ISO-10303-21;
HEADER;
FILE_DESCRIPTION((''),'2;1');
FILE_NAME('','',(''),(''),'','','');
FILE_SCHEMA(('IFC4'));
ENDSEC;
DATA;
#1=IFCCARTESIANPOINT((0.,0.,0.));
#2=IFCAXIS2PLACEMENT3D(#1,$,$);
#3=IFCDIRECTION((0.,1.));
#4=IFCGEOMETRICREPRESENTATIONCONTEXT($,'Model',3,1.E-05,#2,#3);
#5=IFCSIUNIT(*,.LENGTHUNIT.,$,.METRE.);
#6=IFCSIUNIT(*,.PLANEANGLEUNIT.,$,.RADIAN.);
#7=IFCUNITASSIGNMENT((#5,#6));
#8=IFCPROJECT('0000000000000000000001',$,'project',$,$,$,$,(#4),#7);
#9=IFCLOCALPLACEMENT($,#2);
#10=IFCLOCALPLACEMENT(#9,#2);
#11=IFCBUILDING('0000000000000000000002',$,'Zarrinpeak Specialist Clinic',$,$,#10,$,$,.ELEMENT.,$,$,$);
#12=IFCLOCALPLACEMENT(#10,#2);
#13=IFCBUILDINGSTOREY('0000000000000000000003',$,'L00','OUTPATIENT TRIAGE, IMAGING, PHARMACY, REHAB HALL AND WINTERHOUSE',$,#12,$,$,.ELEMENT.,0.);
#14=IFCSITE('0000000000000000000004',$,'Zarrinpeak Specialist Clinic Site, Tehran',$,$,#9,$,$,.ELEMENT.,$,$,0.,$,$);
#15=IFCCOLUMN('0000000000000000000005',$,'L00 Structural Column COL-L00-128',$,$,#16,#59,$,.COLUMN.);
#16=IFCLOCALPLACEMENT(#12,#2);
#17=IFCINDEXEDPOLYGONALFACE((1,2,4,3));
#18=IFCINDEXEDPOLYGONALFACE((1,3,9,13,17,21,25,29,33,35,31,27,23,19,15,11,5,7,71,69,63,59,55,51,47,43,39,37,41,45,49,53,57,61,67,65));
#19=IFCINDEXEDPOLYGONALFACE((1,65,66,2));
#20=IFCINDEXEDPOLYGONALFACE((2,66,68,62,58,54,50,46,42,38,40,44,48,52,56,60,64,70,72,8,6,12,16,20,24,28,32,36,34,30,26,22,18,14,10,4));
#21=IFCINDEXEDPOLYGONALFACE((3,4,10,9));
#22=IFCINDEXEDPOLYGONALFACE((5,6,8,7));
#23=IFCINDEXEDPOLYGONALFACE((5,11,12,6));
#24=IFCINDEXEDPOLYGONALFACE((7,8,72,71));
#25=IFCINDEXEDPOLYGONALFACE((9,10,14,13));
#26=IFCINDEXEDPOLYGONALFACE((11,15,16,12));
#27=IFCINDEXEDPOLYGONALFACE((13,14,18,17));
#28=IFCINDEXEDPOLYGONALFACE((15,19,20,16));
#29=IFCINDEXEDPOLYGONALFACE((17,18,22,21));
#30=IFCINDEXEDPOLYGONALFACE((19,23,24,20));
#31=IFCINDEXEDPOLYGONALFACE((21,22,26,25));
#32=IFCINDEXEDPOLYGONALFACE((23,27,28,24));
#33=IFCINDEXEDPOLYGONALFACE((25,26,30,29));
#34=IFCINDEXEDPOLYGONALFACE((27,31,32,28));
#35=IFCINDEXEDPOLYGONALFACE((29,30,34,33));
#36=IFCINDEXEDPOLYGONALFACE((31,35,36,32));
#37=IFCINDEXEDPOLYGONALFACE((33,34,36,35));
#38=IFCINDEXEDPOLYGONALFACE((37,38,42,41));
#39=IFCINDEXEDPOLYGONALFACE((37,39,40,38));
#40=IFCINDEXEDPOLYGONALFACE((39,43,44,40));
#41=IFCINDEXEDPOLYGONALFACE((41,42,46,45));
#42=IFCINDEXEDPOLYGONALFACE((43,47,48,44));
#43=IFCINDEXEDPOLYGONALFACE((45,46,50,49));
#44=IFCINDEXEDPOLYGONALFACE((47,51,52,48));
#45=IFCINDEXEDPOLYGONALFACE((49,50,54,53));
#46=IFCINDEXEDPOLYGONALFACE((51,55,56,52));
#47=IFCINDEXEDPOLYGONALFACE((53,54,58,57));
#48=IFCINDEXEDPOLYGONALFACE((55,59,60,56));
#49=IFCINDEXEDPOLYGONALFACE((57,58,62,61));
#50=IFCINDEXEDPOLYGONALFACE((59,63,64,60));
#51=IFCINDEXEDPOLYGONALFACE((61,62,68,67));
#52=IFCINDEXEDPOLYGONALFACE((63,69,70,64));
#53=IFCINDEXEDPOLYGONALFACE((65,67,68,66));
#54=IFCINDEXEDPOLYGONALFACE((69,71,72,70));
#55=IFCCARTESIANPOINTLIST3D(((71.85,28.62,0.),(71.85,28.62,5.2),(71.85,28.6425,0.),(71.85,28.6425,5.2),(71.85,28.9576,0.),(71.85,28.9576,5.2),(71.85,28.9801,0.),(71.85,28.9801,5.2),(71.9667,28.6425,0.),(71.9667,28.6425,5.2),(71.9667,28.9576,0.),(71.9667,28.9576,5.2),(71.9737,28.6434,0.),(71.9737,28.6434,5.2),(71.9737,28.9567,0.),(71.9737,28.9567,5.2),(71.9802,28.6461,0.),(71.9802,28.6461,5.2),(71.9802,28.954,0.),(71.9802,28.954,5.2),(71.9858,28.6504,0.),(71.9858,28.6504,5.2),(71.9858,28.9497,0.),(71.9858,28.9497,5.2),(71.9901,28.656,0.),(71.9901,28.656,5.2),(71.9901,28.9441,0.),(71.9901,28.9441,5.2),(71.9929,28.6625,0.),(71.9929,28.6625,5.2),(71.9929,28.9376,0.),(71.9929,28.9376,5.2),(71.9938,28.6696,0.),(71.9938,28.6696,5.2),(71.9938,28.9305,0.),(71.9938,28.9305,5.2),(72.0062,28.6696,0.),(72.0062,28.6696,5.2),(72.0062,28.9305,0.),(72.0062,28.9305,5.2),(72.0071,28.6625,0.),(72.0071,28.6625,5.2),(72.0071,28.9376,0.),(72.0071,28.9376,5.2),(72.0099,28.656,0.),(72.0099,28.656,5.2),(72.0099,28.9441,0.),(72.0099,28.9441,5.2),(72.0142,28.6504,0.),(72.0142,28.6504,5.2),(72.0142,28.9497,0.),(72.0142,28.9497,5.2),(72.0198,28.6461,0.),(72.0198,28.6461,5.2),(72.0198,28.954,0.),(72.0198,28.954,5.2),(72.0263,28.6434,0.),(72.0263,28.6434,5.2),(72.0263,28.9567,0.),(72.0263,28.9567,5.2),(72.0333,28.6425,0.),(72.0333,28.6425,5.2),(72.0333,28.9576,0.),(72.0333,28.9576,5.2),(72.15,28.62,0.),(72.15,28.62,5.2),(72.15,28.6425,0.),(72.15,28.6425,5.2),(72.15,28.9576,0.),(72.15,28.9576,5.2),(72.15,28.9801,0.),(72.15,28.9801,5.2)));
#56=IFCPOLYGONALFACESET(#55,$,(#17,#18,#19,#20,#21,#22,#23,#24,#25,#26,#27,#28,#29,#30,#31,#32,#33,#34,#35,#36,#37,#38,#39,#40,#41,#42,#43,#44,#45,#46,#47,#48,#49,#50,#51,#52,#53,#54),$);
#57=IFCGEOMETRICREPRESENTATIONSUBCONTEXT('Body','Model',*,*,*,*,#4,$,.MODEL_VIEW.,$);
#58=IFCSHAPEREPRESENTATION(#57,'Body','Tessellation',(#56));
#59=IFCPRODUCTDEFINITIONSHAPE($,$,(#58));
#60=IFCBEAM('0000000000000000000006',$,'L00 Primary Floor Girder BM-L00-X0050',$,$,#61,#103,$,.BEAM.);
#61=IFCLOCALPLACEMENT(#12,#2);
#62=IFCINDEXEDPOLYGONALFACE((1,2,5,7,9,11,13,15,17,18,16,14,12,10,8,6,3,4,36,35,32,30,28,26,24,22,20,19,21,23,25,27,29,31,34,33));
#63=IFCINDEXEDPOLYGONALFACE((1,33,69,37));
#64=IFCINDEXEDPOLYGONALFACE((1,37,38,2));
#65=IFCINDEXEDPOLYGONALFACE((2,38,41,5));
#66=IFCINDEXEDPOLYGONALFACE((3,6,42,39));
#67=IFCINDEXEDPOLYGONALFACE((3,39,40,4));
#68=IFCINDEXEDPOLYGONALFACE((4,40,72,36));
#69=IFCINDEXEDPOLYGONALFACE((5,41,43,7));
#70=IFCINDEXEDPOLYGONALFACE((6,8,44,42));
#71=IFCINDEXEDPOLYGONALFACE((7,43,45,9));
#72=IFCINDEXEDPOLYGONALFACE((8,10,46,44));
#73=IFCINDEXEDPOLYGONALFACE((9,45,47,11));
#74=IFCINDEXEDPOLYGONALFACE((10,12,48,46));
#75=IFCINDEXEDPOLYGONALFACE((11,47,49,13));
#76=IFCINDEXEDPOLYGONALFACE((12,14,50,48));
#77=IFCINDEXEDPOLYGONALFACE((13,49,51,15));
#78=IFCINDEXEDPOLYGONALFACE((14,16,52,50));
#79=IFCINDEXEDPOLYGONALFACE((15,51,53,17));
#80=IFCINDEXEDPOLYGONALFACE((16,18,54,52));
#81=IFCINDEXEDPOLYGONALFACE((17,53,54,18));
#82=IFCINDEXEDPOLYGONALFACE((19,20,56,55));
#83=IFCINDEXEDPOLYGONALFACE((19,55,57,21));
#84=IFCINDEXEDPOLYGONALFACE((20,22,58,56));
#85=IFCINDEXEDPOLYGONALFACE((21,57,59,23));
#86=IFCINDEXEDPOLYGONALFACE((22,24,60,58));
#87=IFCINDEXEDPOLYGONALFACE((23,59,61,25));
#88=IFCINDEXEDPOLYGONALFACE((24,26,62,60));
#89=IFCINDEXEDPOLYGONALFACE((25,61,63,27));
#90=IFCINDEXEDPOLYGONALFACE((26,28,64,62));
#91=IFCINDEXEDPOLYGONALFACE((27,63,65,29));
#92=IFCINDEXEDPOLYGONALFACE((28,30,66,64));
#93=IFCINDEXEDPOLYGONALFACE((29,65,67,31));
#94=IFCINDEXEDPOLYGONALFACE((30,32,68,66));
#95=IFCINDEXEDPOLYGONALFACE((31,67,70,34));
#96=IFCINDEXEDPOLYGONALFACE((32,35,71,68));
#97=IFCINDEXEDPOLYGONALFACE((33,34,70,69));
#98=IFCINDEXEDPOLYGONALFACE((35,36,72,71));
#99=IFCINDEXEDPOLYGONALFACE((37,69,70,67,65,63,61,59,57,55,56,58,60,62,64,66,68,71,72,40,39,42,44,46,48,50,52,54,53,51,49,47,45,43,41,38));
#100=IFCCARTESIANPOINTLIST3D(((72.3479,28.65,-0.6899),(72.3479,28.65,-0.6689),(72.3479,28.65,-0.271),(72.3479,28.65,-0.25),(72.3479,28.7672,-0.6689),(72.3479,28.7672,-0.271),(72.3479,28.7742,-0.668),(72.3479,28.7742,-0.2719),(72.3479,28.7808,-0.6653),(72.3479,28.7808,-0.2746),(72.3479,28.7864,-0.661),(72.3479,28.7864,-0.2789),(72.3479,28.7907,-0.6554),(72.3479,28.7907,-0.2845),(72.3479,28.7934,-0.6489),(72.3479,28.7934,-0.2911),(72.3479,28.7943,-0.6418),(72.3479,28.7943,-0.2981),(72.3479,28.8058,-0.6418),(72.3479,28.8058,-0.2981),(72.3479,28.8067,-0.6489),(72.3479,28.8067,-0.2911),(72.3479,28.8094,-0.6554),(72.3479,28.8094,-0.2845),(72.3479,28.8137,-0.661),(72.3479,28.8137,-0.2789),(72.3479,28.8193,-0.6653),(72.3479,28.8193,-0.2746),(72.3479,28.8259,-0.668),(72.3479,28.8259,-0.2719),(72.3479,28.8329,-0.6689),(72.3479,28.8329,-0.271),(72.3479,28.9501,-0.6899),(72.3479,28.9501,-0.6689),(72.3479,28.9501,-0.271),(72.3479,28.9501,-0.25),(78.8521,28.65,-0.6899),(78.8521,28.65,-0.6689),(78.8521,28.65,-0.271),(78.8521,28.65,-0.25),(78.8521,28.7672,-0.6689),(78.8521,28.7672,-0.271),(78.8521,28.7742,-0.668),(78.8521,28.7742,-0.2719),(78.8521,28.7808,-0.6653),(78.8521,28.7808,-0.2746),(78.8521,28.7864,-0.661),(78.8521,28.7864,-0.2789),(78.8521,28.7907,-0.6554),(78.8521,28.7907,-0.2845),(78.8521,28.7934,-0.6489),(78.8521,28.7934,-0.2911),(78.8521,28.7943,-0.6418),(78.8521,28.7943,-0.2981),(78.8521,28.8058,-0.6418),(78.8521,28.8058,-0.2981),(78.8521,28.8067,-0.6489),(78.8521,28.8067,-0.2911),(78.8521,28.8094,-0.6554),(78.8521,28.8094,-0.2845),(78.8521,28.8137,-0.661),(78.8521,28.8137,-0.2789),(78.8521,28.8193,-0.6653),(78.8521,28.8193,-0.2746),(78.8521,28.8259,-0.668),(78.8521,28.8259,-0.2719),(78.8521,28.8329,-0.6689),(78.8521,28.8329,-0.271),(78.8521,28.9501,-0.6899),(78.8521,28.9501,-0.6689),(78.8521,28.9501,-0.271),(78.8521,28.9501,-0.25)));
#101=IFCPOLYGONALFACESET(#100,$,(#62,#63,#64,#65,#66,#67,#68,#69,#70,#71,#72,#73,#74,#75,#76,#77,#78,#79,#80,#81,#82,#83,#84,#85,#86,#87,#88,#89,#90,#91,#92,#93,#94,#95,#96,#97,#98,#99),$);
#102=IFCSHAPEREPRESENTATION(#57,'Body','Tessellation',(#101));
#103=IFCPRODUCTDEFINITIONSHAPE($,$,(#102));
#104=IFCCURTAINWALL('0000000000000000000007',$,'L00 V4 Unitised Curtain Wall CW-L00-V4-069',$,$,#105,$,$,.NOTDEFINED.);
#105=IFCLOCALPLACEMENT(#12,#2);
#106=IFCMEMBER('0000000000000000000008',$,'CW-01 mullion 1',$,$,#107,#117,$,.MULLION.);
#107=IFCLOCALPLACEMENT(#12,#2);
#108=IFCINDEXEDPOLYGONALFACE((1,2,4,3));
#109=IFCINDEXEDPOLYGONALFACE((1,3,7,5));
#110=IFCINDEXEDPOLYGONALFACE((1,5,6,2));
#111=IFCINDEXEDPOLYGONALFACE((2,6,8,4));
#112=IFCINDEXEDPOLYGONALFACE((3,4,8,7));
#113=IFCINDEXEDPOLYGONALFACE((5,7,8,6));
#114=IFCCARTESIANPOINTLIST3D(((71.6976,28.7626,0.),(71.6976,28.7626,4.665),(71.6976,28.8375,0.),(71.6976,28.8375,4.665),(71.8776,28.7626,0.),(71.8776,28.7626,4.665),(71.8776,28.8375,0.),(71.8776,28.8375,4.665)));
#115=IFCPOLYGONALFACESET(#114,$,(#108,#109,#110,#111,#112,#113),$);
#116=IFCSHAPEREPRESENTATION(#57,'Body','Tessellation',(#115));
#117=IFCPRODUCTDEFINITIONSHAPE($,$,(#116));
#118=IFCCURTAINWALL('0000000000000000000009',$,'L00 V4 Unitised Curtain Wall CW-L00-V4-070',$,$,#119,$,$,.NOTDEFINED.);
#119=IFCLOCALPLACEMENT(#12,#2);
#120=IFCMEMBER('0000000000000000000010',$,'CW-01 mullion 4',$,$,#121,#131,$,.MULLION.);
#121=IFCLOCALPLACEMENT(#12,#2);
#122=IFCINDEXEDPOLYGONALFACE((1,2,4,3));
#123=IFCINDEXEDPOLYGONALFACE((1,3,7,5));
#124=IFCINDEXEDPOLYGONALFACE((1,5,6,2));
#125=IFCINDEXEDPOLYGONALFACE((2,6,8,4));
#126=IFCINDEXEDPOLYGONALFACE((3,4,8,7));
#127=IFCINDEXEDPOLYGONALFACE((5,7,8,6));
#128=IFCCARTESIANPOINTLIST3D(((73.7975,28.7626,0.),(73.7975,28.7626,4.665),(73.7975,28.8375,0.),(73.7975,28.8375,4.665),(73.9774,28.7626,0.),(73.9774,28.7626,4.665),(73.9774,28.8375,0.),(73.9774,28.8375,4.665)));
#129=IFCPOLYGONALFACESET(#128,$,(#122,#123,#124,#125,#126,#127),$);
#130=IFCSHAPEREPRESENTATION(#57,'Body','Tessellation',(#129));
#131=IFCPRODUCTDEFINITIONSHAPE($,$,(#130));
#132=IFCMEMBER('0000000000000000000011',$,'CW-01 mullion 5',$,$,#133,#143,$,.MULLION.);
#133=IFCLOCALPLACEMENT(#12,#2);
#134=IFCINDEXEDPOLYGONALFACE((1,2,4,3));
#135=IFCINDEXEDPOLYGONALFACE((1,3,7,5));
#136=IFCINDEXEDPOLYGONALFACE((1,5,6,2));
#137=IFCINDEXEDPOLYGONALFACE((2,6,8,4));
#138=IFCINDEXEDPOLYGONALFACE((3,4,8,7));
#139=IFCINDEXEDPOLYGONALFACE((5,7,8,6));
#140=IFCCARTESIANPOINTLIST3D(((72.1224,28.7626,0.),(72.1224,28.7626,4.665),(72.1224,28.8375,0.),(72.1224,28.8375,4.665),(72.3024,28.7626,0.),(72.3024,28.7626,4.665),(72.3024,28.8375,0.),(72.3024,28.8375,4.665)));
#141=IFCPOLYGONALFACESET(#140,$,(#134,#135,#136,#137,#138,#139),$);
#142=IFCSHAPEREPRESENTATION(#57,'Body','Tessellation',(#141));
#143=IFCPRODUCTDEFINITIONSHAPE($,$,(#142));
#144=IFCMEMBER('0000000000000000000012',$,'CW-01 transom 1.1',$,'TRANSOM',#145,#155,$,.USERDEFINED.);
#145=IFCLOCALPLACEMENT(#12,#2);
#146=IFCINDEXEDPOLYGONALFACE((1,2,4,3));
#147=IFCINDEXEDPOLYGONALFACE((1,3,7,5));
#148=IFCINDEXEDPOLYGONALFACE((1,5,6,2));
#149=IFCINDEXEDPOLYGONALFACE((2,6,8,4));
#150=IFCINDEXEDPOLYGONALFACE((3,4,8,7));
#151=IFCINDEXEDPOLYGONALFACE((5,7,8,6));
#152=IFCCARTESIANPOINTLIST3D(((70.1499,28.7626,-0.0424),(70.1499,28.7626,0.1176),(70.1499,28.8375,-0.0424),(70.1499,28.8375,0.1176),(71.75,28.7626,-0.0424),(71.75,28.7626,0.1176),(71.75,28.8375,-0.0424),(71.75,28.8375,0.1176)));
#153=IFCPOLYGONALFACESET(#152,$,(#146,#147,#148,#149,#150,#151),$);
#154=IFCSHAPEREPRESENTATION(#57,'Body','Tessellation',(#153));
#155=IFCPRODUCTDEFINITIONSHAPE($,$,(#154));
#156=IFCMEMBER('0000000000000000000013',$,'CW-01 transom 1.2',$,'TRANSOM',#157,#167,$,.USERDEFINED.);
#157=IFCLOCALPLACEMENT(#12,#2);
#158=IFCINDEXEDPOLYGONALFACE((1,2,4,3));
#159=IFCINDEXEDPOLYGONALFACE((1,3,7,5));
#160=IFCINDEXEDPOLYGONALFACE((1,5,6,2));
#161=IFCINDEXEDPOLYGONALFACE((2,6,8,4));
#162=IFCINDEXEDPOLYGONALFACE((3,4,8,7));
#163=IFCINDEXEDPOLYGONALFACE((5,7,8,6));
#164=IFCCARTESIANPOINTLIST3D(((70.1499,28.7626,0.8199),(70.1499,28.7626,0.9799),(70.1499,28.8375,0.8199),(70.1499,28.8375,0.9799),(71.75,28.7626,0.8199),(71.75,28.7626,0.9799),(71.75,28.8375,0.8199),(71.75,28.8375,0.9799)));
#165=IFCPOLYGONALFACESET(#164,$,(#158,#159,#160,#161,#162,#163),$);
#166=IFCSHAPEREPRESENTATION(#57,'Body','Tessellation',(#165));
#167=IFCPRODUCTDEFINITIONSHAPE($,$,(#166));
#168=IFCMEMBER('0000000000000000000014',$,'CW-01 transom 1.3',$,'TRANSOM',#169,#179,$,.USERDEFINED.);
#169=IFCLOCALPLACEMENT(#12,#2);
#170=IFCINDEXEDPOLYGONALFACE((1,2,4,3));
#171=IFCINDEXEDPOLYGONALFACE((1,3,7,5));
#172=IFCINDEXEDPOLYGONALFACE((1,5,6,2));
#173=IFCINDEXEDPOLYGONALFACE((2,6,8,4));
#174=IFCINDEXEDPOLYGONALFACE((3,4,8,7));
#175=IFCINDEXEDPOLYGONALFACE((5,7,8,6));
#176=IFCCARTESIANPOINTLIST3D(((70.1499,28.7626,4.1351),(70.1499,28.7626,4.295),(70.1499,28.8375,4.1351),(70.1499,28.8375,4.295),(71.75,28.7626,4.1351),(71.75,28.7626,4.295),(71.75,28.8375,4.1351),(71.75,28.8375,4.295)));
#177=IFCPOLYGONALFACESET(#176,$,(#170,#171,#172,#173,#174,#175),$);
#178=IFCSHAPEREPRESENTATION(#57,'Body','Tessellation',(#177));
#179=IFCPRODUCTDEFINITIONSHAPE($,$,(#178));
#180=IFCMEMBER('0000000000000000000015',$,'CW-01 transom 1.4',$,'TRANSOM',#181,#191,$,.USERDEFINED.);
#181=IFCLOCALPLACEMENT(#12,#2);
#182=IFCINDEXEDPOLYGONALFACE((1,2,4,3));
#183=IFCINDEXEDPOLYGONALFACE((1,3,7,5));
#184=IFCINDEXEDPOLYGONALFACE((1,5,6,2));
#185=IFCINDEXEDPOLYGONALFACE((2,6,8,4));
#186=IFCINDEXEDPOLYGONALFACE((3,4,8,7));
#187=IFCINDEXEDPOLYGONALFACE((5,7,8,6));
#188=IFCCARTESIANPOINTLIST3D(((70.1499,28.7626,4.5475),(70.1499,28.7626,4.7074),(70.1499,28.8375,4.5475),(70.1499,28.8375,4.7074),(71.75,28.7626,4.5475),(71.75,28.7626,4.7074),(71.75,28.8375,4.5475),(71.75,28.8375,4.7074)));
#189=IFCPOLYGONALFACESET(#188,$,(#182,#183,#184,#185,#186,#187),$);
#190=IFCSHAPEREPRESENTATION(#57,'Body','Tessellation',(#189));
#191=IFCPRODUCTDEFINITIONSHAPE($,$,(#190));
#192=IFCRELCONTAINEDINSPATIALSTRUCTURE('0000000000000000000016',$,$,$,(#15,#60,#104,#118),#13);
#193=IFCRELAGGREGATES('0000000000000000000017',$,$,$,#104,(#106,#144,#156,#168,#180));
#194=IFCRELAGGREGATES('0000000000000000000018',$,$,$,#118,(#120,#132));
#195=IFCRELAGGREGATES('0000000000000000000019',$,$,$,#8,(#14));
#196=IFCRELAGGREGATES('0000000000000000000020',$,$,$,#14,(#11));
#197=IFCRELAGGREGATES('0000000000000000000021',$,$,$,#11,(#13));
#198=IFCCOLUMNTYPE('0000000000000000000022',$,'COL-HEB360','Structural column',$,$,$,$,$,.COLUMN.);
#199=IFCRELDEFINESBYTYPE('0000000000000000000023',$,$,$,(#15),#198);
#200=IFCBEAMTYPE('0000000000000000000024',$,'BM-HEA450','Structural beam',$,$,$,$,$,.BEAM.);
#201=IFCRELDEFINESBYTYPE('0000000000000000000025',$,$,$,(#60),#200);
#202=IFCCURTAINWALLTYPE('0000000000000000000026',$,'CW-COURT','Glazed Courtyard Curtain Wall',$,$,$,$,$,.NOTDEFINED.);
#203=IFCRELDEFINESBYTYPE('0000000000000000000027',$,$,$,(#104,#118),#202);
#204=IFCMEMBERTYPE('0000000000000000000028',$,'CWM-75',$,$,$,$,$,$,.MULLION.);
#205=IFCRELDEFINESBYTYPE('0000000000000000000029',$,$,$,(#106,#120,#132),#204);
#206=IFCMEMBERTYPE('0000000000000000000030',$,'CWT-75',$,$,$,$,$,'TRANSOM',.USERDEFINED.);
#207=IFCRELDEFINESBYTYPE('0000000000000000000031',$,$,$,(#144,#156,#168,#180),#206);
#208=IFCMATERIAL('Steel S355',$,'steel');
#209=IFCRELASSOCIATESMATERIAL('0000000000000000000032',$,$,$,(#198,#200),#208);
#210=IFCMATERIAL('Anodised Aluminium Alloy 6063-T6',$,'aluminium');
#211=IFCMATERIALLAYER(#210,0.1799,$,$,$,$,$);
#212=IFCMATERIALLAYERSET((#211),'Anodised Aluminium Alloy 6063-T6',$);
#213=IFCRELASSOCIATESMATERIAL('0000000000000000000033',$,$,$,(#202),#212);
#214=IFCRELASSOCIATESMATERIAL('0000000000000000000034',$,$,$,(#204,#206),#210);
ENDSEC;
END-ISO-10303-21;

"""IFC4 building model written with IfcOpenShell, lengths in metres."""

from ifc_helpers import new_model, si_unit, direction, frame, origin, origin_2d, place, context, subcontext, project, spatial, rectangle, i_section, extrude, material, layer, layer_set, material_profile, profile_set, type_object, element, aggregate, save


model = new_model("IFC4")

# Units and contexts
model_context = context("Model", 3, precision=1e-05, world=origin(), true_north=direction((0.0, 1.0)))
body_context = subcontext(model_context, "Body", "Model", "MODEL_VIEW")
ifc_project = project(units=[si_unit("LENGTHUNIT", "METRE"), si_unit("PLANEANGLEUNIT", "RADIAN")], contexts=[model_context])

# Site, building, storey
site_placement = place(None, origin())
site = spatial("IfcSite", under=ifc_project, at=site_placement, Name="Zarrinpeak Specialist Clinic Site, Tehran", CompositionType="ELEMENT", RefElevation=0.0)
building_placement = place(site_placement, origin())
building = spatial("IfcBuilding", under=site, at=building_placement, Name="Zarrinpeak Specialist Clinic", CompositionType="ELEMENT")
storey_placement = place(building_placement, origin())
storey = spatial("IfcBuildingStorey", under=building, at=storey_placement, Name="L00", Description="OUTPATIENT TRIAGE, IMAGING, PHARMACY, REHAB HALL AND WINTERHOUSE", CompositionType="ELEMENT", Elevation=0.0)

# Column
ifc_material_1 = material(Name="Steel S355", Category="steel")
ifc_material_profile_1 = material_profile(ifc_material_1, i_section(OverallWidth=0.3, OverallDepth=0.3601, WebThickness=0.0125, FlangeThickness=0.0225, FilletRadius=0.0271, at=origin_2d()), Name="HEB 360")
ifc_profile_set_1 = profile_set([ifc_material_profile_1], Name="Steel S355")
column_type = type_object("IfcColumnType", Name="COL-HEB360", Description="Structural column", PredefinedType="COLUMN", material=ifc_profile_set_1)
column_placement = place(storey_placement, frame((72.0, 28.8, 0.0), z_axis=(0.0, 0.0, 1.0), x_axis=(1.0, 0.0, 0.0)))
element("IfcColumn", 1, at=column_placement, inside=storey, type_object=column_type, Name="L00 Structural Column COL-L00-128", PredefinedType="COLUMN", context=body_context, shape_type="SweptSolid", body=[
    extrude(i_section(OverallWidth=0.3, OverallDepth=0.3601, WebThickness=0.0125, FlangeThickness=0.0225, FilletRadius=0.0271, at=origin_2d()), origin(), (0.0, 0.0, 1.0), 5.2),
])

# Beam
ifc_material_profile_2 = material_profile(ifc_material_1, i_section(OverallWidth=0.3, OverallDepth=0.4399, WebThickness=0.0115, FlangeThickness=0.021, FilletRadius=0.0271, at=origin_2d()), Name="HEA 450")
ifc_profile_set_2 = profile_set([ifc_material_profile_2], Name="Steel S355")
beam_type = type_object("IfcBeamType", Name="BM-HEA450", Description="Structural beam", PredefinedType="BEAM", material=ifc_profile_set_2)
beam_placement = place(storey_placement, frame((72.3479, 28.8, -0.47), z_axis=(1.0, 0.0, 0.0), x_axis=(0.0, 1.0, 0.0)))
element("IfcBeam", 2, at=beam_placement, inside=storey, type_object=beam_type, Name="L00 Primary Floor Girder BM-L00-X0050", PredefinedType="BEAM", context=body_context, shape_type="SweptSolid", body=[
    extrude(i_section(OverallWidth=0.3, OverallDepth=0.4399, WebThickness=0.0115, FlangeThickness=0.021, FilletRadius=0.0271, at=origin_2d()), origin(), (0.0, 0.0, 1.0), 6.5042),
])

# Curtain wall, member
ifc_material_2 = material(Name="Anodised Aluminium Alloy 6063-T6", Category="aluminium")
ifc_layer_1 = layer(ifc_material_2, 0.1799)
ifc_layer_set_1 = layer_set([ifc_layer_1], Name="Anodised Aluminium Alloy 6063-T6")
curtain_wall_type = type_object("IfcCurtainWallType", Name="CW-COURT", Description="Glazed Courtyard Curtain Wall", PredefinedType="NOTDEFINED", material=ifc_layer_set_1)
curtain_wall_1_placement = place(storey_placement, origin())
curtain_wall_1 = element("IfcCurtainWall", 3, at=curtain_wall_1_placement, inside=storey, type_object=curtain_wall_type, Name="L00 V4 Unitised Curtain Wall CW-L00-V4-069", PredefinedType="NOTDEFINED")
ifc_material_profile_3 = material_profile(ifc_material_2, rectangle(XDim=0.075, YDim=0.1799, at=origin_2d()), Name="ALU 75x180")
ifc_profile_set_3 = profile_set([ifc_material_profile_3], Name="Anodised Aluminium Alloy 6063-T6")
member_type_1 = type_object("IfcMemberType", Name="CWM-75", PredefinedType="MULLION", material=ifc_profile_set_3)
member_1_placement = place(storey_placement, frame((71.7876, 28.8, 0.0), z_axis=(0.0, 0.0, 1.0), x_axis=(0.0, -1.0, 0.0)))
member_1 = element("IfcMember", 4, at=member_1_placement, type_object=member_type_1, Name="CW-01 mullion 1", PredefinedType="MULLION", context=body_context, shape_type="SweptSolid", body=[
    extrude(rectangle(XDim=0.075, YDim=0.1799, at=origin_2d()), origin(), (0.0, 0.0, 1.0), 4.665),
])

# Curtain wall, members
curtain_wall_2_placement = place(storey_placement, origin())
curtain_wall_2 = element("IfcCurtainWall", 5, at=curtain_wall_2_placement, inside=storey, type_object=curtain_wall_type, Name="L00 V4 Unitised Curtain Wall CW-L00-V4-070", PredefinedType="NOTDEFINED")
member_2_placement = place(storey_placement, frame((73.8875, 28.8, 0.0), z_axis=(0.0, 0.0, 1.0), x_axis=(0.0, -1.0, 0.0)))
member_2 = element("IfcMember", 6, at=member_2_placement, type_object=member_type_1, Name="CW-01 mullion 4", PredefinedType="MULLION", context=body_context, shape_type="SweptSolid", body=[
    extrude(rectangle(XDim=0.075, YDim=0.1799, at=origin_2d()), origin(), (0.0, 0.0, 1.0), 4.665),
])
member_3_placement = place(storey_placement, frame((72.2124, 28.8, 0.0), z_axis=(0.0, 0.0, 1.0), x_axis=(0.0, -1.0, 0.0)))
member_3 = element("IfcMember", 7, at=member_3_placement, type_object=member_type_1, Name="CW-01 mullion 5", PredefinedType="MULLION", context=body_context, shape_type="SweptSolid", body=[
    extrude(rectangle(XDim=0.075, YDim=0.1799, at=origin_2d()), origin(), (0.0, 0.0, 1.0), 4.665),
])

# Members
ifc_material_profile_4 = material_profile(ifc_material_2, rectangle(XDim=0.075, YDim=0.1599, at=origin_2d()), Name="ALU 75x160")
ifc_profile_set_4 = profile_set([ifc_material_profile_4], Name="Anodised Aluminium Alloy 6063-T6")
member_type_2 = type_object("IfcMemberType", Name="CWT-75", ElementType="TRANSOM", PredefinedType="USERDEFINED", material=ifc_profile_set_4)
member_4_placement = place(storey_placement, frame((71.75, 28.8, 0.0376), z_axis=(-1.0, 0.0, 0.0), x_axis=(0.0, -1.0, 0.0)))
member_4 = element("IfcMember", 8, at=member_4_placement, type_object=member_type_2, Name="CW-01 transom 1.1", ObjectType="TRANSOM", PredefinedType="USERDEFINED", context=body_context, shape_type="SweptSolid", body=[
    extrude(rectangle(XDim=0.075, YDim=0.1599, at=origin_2d()), origin(), (0.0, 0.0, 1.0), 1.6001),
])
member_5_placement = place(storey_placement, frame((71.75, 28.8, 0.8999), z_axis=(-1.0, 0.0, 0.0), x_axis=(0.0, -1.0, 0.0)))
member_5 = element("IfcMember", 9, at=member_5_placement, type_object=member_type_2, Name="CW-01 transom 1.2", ObjectType="TRANSOM", PredefinedType="USERDEFINED", context=body_context, shape_type="SweptSolid", body=[
    extrude(rectangle(XDim=0.075, YDim=0.1599, at=origin_2d()), origin(), (0.0, 0.0, 1.0), 1.6001),
])
member_6_placement = place(storey_placement, frame((71.75, 28.8, 4.2151), z_axis=(-1.0, 0.0, 0.0), x_axis=(0.0, -1.0, 0.0)))
member_6 = element("IfcMember", 10, at=member_6_placement, type_object=member_type_2, Name="CW-01 transom 1.3", ObjectType="TRANSOM", PredefinedType="USERDEFINED", context=body_context, shape_type="SweptSolid", body=[
    extrude(rectangle(XDim=0.075, YDim=0.1599, at=origin_2d()), origin(), (0.0, 0.0, 1.0), 1.6001),
])
member_7_placement = place(storey_placement, frame((71.75, 28.8, 4.6274), z_axis=(-1.0, 0.0, 0.0), x_axis=(0.0, -1.0, 0.0)))
member_7 = element("IfcMember", 11, at=member_7_placement, type_object=member_type_2, Name="CW-01 transom 1.4", ObjectType="TRANSOM", PredefinedType="USERDEFINED", context=body_context, shape_type="SweptSolid", body=[
    extrude(rectangle(XDim=0.075, YDim=0.1599, at=origin_2d()), origin(), (0.0, 0.0, 1.0), 1.6001),
])

aggregate(curtain_wall_1, [member_1, member_4, member_5, member_6, member_7])
aggregate(curtain_wall_2, [member_2, member_3])

save(model, "model.ifc")
